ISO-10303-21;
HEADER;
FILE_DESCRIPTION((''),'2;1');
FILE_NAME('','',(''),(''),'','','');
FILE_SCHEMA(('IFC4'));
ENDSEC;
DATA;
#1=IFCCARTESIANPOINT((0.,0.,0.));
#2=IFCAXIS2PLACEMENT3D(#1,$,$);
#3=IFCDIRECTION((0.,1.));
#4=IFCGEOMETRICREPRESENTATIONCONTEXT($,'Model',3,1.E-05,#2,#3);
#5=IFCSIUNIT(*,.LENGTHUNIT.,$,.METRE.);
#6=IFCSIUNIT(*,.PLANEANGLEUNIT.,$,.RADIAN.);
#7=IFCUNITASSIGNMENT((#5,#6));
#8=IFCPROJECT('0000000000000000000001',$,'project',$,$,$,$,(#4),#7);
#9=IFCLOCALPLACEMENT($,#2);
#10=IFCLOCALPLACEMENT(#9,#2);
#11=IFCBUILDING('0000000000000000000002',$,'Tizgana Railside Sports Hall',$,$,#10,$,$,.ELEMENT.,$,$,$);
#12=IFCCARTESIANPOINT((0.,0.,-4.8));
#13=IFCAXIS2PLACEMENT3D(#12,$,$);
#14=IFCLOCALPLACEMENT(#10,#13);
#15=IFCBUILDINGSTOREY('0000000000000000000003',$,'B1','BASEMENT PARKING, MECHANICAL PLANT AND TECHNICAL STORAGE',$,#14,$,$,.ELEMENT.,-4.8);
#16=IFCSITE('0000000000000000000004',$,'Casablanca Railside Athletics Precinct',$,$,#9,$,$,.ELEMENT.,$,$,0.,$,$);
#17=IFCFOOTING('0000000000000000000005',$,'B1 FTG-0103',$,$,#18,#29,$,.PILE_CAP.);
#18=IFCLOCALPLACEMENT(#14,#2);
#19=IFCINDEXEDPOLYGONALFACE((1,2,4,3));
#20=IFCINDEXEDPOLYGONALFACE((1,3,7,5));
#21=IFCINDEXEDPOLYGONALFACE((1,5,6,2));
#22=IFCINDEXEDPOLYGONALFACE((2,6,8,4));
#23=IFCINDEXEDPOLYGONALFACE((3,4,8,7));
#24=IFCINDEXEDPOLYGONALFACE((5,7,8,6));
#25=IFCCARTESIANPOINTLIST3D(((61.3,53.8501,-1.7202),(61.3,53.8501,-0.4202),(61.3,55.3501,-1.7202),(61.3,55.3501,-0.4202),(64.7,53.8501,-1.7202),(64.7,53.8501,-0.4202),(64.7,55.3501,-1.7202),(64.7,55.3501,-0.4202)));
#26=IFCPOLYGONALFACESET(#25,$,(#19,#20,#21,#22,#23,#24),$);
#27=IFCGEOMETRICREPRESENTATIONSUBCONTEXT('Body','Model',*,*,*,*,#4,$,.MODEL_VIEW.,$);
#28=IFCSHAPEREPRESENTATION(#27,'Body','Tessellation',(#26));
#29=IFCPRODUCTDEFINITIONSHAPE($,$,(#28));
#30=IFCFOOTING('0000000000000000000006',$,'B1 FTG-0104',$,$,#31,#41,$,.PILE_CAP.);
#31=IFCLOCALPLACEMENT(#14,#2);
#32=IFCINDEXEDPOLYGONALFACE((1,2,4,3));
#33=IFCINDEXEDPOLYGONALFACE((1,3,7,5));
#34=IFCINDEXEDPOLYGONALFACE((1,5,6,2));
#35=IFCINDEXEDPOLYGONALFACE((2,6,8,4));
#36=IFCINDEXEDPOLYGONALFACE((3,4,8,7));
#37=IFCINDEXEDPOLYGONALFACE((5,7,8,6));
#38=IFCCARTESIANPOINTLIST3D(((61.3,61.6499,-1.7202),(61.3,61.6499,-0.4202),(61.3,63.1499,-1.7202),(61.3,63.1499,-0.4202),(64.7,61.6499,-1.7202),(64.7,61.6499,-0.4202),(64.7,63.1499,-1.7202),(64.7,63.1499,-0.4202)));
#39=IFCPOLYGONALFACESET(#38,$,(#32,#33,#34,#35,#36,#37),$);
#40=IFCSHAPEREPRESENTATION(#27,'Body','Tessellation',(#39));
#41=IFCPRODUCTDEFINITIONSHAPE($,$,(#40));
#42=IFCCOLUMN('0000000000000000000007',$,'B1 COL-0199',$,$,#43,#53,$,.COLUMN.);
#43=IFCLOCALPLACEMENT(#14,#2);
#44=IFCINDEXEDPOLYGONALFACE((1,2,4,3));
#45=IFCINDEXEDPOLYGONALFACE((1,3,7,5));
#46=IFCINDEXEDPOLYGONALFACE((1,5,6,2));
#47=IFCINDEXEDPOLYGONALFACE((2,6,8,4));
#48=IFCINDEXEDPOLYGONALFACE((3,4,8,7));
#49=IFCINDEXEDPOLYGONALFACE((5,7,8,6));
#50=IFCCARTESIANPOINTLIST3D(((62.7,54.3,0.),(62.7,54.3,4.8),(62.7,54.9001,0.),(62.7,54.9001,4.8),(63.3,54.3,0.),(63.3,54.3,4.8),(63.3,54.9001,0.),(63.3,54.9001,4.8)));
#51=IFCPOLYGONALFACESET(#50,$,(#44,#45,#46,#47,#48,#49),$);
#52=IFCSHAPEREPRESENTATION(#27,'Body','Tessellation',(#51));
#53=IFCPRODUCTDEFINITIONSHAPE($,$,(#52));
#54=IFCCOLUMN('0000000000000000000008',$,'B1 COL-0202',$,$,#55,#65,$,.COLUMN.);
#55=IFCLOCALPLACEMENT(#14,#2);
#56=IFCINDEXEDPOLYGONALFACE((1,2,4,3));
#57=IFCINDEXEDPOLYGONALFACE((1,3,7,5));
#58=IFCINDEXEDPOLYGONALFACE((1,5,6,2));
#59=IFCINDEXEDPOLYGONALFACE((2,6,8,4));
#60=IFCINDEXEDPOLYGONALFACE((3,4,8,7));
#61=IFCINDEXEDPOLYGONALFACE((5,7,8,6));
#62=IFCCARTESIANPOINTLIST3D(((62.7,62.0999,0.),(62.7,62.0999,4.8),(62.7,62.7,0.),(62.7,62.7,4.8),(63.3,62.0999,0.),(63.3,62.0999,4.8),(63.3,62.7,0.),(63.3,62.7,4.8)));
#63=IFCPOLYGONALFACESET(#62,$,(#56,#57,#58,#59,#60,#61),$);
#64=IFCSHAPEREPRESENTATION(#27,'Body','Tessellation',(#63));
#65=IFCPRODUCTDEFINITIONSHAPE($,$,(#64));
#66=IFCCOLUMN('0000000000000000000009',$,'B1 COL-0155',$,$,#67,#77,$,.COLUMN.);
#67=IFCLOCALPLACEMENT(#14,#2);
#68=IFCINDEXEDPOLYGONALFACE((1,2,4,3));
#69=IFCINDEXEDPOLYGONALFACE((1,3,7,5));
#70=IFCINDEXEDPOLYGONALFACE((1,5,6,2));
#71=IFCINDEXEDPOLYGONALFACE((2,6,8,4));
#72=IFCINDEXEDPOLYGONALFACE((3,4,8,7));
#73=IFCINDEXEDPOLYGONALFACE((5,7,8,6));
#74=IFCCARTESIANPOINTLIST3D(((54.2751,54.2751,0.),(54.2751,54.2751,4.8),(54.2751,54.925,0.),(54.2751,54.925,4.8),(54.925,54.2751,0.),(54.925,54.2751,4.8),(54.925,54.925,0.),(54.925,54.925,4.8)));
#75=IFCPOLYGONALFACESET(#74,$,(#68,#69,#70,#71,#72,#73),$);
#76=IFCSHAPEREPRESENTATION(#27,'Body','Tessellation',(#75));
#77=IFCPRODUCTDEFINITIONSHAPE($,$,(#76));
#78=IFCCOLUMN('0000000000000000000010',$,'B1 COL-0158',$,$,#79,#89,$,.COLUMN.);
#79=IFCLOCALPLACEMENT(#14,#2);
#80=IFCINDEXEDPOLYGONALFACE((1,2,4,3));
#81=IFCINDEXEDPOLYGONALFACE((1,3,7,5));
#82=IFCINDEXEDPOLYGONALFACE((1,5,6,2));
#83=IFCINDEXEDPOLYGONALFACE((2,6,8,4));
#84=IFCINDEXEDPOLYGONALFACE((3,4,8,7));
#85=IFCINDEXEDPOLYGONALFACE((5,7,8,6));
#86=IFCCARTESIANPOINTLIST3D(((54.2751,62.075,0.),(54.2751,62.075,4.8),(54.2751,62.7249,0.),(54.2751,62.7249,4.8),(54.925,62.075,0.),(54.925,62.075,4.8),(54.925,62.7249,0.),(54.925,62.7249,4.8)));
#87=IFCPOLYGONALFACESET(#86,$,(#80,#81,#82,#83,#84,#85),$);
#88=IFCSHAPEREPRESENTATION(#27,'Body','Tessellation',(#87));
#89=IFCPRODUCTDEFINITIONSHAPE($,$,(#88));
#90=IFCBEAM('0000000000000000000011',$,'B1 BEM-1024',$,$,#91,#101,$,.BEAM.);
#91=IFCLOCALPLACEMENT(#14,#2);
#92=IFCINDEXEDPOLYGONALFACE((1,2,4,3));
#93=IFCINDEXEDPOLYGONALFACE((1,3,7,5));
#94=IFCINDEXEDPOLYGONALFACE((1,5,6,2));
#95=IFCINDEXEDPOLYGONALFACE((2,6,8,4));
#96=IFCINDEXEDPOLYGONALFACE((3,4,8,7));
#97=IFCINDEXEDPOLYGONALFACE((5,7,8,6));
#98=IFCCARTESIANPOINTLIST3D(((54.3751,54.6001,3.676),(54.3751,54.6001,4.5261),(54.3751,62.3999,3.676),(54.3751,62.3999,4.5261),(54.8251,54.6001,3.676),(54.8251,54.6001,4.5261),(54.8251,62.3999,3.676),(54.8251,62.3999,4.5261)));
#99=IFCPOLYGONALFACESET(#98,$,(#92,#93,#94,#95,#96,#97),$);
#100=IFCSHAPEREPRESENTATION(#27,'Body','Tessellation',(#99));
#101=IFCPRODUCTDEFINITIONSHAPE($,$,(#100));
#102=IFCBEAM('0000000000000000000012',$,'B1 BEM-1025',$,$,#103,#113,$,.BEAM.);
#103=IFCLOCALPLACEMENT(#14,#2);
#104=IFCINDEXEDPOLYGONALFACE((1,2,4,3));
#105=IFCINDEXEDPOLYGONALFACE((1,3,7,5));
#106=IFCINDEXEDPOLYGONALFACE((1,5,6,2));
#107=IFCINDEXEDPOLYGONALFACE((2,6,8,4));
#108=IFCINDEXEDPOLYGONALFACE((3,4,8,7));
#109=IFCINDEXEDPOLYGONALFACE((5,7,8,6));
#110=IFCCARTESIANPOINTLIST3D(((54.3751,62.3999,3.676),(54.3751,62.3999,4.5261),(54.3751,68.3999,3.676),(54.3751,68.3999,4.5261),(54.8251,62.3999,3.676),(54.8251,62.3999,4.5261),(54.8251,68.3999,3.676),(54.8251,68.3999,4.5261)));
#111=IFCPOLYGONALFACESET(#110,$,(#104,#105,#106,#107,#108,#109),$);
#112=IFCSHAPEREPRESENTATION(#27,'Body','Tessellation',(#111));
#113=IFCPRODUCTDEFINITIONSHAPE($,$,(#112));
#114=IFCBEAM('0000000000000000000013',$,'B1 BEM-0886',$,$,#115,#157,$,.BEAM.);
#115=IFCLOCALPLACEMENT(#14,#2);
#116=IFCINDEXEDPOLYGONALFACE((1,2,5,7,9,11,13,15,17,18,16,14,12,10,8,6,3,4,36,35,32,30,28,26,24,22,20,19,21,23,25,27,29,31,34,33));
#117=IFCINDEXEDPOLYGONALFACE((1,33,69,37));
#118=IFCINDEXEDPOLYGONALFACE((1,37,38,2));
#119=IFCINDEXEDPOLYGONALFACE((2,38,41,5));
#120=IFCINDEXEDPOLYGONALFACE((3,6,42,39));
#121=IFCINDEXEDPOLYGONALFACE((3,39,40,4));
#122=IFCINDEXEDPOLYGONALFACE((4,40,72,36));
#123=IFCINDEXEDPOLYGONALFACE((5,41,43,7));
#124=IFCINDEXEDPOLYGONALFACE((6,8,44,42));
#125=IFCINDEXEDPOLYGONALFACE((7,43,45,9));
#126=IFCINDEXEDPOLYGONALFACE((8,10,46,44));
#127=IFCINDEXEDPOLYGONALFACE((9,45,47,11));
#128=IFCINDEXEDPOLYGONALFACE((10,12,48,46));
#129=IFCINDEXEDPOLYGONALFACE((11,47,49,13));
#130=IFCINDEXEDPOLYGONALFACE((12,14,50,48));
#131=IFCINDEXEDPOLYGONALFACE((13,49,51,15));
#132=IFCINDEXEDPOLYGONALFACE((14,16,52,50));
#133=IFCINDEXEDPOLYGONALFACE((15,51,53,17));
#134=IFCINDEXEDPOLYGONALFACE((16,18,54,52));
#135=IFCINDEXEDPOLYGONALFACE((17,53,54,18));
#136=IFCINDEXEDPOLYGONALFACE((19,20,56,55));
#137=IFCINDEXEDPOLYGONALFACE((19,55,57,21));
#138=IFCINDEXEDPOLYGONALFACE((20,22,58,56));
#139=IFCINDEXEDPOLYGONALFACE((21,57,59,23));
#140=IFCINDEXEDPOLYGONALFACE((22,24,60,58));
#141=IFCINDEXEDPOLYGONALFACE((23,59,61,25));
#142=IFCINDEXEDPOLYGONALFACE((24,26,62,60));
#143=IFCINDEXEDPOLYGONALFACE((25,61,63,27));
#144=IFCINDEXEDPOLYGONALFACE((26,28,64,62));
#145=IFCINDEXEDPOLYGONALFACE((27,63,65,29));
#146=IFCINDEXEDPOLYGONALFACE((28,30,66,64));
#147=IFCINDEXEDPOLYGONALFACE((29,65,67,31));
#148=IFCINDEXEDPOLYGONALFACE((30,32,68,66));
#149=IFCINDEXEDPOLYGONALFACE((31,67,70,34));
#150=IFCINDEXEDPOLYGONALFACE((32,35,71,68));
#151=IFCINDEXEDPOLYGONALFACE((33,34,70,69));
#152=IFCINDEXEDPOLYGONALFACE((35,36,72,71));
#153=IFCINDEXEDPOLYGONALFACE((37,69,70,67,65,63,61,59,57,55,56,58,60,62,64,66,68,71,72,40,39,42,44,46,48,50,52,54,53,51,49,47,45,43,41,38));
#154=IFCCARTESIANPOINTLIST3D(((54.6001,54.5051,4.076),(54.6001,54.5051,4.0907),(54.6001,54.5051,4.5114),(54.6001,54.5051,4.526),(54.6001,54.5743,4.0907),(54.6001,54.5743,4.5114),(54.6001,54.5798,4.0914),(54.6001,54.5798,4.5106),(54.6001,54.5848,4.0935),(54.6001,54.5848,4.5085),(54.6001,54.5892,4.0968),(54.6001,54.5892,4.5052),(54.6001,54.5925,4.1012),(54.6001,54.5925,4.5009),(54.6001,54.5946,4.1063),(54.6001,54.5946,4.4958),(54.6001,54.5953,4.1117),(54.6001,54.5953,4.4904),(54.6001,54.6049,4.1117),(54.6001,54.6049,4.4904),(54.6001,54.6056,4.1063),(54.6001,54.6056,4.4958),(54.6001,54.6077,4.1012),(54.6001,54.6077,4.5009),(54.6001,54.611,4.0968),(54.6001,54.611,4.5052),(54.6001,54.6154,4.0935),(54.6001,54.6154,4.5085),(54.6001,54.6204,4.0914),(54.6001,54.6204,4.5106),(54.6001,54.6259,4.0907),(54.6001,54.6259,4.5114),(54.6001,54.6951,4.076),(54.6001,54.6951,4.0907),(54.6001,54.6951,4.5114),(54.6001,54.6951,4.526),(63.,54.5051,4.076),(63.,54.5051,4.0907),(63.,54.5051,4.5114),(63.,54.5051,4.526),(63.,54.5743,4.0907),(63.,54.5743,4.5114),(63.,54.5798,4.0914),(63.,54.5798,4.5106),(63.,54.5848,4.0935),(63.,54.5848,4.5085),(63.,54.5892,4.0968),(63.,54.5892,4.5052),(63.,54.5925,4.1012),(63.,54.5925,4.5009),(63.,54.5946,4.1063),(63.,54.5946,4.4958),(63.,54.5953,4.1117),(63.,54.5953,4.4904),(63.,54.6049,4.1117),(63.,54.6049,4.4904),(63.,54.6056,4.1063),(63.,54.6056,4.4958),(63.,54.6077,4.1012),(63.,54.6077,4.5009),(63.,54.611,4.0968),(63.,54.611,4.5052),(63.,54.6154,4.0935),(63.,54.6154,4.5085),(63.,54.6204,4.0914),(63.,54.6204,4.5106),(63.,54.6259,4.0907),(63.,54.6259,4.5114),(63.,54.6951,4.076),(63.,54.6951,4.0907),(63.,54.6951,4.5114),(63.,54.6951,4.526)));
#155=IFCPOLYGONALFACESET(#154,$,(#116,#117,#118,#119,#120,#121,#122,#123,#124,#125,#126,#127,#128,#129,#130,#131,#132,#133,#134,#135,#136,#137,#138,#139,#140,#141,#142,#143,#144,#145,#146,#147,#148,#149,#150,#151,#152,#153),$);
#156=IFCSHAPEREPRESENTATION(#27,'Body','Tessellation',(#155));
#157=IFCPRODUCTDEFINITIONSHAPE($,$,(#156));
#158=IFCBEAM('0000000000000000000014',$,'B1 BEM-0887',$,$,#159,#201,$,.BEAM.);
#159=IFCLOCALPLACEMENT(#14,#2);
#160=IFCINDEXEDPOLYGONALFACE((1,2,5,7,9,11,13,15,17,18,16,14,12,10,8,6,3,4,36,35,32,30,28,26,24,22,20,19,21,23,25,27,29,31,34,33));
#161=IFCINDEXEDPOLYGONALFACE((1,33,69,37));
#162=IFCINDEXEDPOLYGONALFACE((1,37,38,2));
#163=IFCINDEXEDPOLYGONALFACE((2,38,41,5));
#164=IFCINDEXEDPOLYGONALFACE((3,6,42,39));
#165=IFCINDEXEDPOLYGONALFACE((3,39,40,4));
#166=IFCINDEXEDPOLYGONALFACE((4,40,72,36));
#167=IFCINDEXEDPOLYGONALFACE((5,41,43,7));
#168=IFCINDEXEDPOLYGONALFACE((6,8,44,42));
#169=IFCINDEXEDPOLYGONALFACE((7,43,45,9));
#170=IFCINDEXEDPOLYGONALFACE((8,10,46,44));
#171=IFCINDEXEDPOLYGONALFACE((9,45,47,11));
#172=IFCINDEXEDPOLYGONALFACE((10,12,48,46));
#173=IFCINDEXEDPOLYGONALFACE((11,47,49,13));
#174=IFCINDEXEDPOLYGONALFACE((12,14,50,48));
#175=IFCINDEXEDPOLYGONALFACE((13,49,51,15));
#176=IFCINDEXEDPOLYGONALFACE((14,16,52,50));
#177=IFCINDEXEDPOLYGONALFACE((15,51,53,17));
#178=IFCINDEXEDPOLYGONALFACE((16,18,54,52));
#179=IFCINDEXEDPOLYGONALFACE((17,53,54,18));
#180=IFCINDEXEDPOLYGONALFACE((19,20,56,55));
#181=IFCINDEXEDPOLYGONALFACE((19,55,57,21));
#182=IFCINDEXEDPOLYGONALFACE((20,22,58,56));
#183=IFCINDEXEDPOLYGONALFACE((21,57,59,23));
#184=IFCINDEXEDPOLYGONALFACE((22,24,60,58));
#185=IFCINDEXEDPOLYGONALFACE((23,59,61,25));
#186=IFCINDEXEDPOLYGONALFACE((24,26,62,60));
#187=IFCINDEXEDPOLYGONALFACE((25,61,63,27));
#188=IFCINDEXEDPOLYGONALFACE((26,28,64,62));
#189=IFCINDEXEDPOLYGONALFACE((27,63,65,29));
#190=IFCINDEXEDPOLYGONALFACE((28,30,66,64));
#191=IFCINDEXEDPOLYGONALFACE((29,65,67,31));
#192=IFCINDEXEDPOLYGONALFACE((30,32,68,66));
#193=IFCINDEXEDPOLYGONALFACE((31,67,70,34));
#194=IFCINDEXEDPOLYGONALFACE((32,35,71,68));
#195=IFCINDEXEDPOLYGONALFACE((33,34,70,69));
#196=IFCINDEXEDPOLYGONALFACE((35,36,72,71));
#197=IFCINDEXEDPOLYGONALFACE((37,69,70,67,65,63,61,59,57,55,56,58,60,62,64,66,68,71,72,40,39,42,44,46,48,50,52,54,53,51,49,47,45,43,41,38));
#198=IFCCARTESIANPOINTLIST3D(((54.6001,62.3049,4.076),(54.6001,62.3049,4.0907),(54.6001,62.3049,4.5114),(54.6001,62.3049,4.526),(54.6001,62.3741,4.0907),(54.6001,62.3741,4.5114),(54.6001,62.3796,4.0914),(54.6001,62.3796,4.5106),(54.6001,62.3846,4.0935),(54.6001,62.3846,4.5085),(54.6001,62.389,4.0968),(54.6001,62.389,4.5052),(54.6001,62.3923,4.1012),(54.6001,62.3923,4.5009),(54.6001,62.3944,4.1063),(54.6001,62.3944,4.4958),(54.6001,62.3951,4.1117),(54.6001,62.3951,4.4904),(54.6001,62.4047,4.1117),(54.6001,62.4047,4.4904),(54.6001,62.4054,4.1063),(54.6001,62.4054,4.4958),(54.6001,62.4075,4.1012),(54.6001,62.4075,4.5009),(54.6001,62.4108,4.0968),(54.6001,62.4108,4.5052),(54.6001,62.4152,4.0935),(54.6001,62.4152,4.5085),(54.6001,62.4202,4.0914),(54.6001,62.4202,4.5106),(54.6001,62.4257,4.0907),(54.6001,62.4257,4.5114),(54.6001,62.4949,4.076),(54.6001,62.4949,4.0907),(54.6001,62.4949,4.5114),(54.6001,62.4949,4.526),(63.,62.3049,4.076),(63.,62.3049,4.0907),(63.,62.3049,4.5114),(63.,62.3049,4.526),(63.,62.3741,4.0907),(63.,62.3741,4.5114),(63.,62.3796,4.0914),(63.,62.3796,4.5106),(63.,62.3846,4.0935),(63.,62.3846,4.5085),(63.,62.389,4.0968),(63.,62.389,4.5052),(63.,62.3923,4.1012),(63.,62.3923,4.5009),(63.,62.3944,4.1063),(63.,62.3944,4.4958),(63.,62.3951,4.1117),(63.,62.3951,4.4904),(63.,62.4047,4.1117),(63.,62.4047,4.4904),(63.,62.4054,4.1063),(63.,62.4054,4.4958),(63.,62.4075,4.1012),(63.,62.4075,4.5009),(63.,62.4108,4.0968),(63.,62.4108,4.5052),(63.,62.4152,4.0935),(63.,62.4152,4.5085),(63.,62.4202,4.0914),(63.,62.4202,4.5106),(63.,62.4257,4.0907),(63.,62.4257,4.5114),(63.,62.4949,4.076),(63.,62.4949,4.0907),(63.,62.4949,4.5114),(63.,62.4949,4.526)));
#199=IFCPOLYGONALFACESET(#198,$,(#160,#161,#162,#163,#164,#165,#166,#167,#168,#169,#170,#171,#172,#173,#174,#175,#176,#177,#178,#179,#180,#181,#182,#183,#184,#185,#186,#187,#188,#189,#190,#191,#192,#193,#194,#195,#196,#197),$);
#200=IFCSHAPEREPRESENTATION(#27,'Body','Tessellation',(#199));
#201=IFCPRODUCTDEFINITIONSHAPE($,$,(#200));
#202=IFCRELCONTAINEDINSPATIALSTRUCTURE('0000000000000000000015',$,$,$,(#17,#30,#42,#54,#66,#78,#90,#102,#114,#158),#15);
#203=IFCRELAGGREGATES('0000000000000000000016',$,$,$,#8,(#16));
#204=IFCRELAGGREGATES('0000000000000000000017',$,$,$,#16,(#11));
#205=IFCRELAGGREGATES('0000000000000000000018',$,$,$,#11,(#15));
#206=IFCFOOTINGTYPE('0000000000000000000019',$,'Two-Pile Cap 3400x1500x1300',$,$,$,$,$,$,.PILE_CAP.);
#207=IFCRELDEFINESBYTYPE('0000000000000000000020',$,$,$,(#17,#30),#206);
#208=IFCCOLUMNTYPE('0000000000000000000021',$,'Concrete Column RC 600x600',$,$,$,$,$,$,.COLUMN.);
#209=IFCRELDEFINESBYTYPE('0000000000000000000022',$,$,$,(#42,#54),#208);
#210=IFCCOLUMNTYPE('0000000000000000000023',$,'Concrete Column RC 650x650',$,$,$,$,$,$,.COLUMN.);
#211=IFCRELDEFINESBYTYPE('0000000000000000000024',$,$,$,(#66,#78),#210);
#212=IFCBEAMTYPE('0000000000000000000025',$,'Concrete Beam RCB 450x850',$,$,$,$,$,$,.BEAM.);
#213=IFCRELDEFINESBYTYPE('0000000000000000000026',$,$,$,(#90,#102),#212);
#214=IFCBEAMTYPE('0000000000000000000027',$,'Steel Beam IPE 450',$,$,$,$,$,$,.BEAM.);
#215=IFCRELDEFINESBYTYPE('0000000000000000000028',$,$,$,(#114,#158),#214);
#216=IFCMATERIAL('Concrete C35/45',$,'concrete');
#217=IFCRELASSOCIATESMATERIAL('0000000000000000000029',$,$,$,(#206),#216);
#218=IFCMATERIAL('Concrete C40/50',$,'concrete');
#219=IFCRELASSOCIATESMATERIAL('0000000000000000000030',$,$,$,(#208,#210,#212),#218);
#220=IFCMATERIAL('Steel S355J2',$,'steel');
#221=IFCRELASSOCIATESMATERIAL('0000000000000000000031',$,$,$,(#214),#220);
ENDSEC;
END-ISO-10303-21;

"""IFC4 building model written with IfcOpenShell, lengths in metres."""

from ifc_helpers import new_model, si_unit, direction, frame, origin, origin_2d, place, context, subcontext, project, spatial, rectangle, i_section, extrude, material, material_profile, profile_set, type_object, element, save


model = new_model("IFC4")

# Units and contexts
model_context = context("Model", 3, precision=1e-05, world=origin(), true_north=direction((0.0, 1.0)))
body_context = subcontext(model_context, "Body", "Model", "MODEL_VIEW")
ifc_project = project(units=[si_unit("LENGTHUNIT", "METRE"), si_unit("PLANEANGLEUNIT", "RADIAN")], contexts=[model_context])

# Site, building, storey
site_placement = place(None, origin())
site = spatial("IfcSite", under=ifc_project, at=site_placement, Name="Casablanca Railside Athletics Precinct", CompositionType="ELEMENT", RefElevation=0.0)
building_placement = place(site_placement, origin())
building = spatial("IfcBuilding", under=site, at=building_placement, Name="Tizgana Railside Sports Hall", CompositionType="ELEMENT")
storey_placement = place(building_placement, frame((0.0, 0.0, -4.8)))
storey = spatial("IfcBuildingStorey", under=building, at=storey_placement, Name="B1", Description="BASEMENT PARKING, MECHANICAL PLANT AND TECHNICAL STORAGE", CompositionType="ELEMENT", Elevation=-4.8)

# Shared definitions
ifc_material_1 = material(Name="Concrete C35/45", Category="concrete")

# Footings
footing_type_1 = type_object("IfcFootingType", Name="Two-Pile Cap 3400x1500x1300", PredefinedType="PILE_CAP", material=ifc_material_1)
for number, where, z_axis, x_axis, name in (
    (1, (63.0, 54.6001, -1.7202), (0.0, 0.0, 1.0), (1.0, 0.0, 0.0), "B1 FTG-0103"),
    (2, (63.0, 62.3999, -1.7202), (0.0, 0.0, 1.0), (1.0, 0.0, 0.0), "B1 FTG-0104"),
):
    element("IfcFooting", number, at=place(storey_placement, frame(where, z_axis=z_axis, x_axis=x_axis)), inside=storey, type_object=footing_type_1, Name=name, PredefinedType="PILE_CAP", context=body_context, shape_type="SweptSolid", body=[
        extrude(rectangle(XDim=3.3999, YDim=1.5, at=origin_2d()), origin(), (0.0, 0.0, 1.0), 1.3),
    ])

# Columns
ifc_material_2 = material(Name="Concrete C40/50", Category="concrete")
ifc_material_profile_1 = material_profile(ifc_material_2, rectangle(XDim=0.6001, YDim=0.6001, at=origin_2d()), Name="RC 600x600")
ifc_profile_set_1 = profile_set([ifc_material_profile_1], Name="Concrete C40/50")
column_type_1 = type_object("IfcColumnType", Name="Concrete Column RC 600x600", PredefinedType="COLUMN", material=ifc_profile_set_1)
for number, where, z_axis, x_axis, name in (
    (3, (63.0, 54.6001, 0.0), (0.0, 0.0, 1.0), (1.0, 0.0, 0.0), "B1 COL-0199"),
    (4, (63.0, 62.3999, 0.0), (0.0, 0.0, 1.0), (1.0, 0.0, 0.0), "B1 COL-0202"),
):
    element("IfcColumn", number, at=place(storey_placement, frame(where, z_axis=z_axis, x_axis=x_axis)), inside=storey, type_object=column_type_1, Name=name, PredefinedType="COLUMN", context=body_context, shape_type="SweptSolid", body=[
        extrude(rectangle(XDim=0.6001, YDim=0.6001, at=origin_2d()), origin(), (0.0, 0.0, 1.0), 4.8),
    ])
ifc_material_profile_2 = material_profile(ifc_material_2, rectangle(XDim=0.6499, YDim=0.6499, at=origin_2d()), Name="RC 650x650")
ifc_profile_set_2 = profile_set([ifc_material_profile_2], Name="Concrete C40/50")
column_type_2 = type_object("IfcColumnType", Name="Concrete Column RC 650x650", PredefinedType="COLUMN", material=ifc_profile_set_2)
for number, where, z_axis, x_axis, name in (
    (5, (54.6001, 54.6001, 0.0), (0.0, 0.0, 1.0), (1.0, 0.0, 0.0), "B1 COL-0155"),
    (6, (54.6001, 62.3999, 0.0), (0.0, 0.0, 1.0), (1.0, 0.0, 0.0), "B1 COL-0158"),
):
    element("IfcColumn", number, at=place(storey_placement, frame(where, z_axis=z_axis, x_axis=x_axis)), inside=storey, type_object=column_type_2, Name=name, PredefinedType="COLUMN", context=body_context, shape_type="SweptSolid", body=[
        extrude(rectangle(XDim=0.6499, YDim=0.6499, at=origin_2d()), origin(), (0.0, 0.0, 1.0), 4.8),
    ])

# Beams
ifc_material_profile_3 = material_profile(ifc_material_2, rectangle(XDim=0.45, YDim=0.8501, at=origin_2d()), Name="RCB 450x850")
ifc_profile_set_3 = profile_set([ifc_material_profile_3], Name="Concrete C40/50")
beam_type_1 = type_object("IfcBeamType", Name="Concrete Beam RCB 450x850", PredefinedType="BEAM", material=ifc_profile_set_3)
beam_1_placement = place(storey_placement, frame((54.6001, 54.6001, 4.1011), z_axis=(0.0, 1.0, 0.0), x_axis=(-1.0, 0.0, 0.0)))
element("IfcBeam", 7, at=beam_1_placement, inside=storey, type_object=beam_type_1, Name="B1 BEM-1024", PredefinedType="BEAM", context=body_context, shape_type="SweptSolid", body=[
    extrude(rectangle(XDim=0.45, YDim=0.8501, at=origin_2d()), origin(), (0.0, 0.0, 1.0), 7.7998),
])
beam_2_placement = place(storey_placement, frame((54.6001, 62.3999, 4.1011), z_axis=(0.0, 1.0, 0.0), x_axis=(-1.0, 0.0, 0.0)))
element("IfcBeam", 8, at=beam_2_placement, inside=storey, type_object=beam_type_1, Name="B1 BEM-1025", PredefinedType="BEAM", context=body_context, shape_type="SweptSolid", body=[
    extrude(rectangle(XDim=0.45, YDim=0.8501, at=origin_2d()), origin(), (0.0, 0.0, 1.0), 6.0),
])
ifc_material_3 = material(Name="Steel S355J2", Category="steel")
ifc_material_profile_4 = material_profile(ifc_material_3, i_section(OverallWidth=0.1899, OverallDepth=0.45, WebThickness=0.0095, FlangeThickness=0.0146, FilletRadius=0.021, at=origin_2d()), Name="IPE 450")
ifc_profile_set_4 = profile_set([ifc_material_profile_4], Name="Steel S355J2")
beam_type_2 = type_object("IfcBeamType", Name="Steel Beam IPE 450", PredefinedType="BEAM", material=ifc_profile_set_4)
for number, where, z_axis, x_axis, name in (
    (9, (54.6001, 54.6001, 4.301), (1.0, 0.0, 0.0), (0.0, 1.0, 0.0), "B1 BEM-0886"),
    (10, (54.6001, 62.3999, 4.301), (1.0, 0.0, 0.0), (0.0, 1.0, 0.0), "B1 BEM-0887"),
):
    element("IfcBeam", number, at=place(storey_placement, frame(where, z_axis=z_axis, x_axis=x_axis)), inside=storey, type_object=beam_type_2, Name=name, PredefinedType="BEAM", context=body_context, shape_type="SweptSolid", body=[
        extrude(i_section(OverallWidth=0.1899, OverallDepth=0.45, WebThickness=0.0095, FlangeThickness=0.0146, FilletRadius=0.021, at=origin_2d()), origin(), (0.0, 0.0, 1.0), 8.3999),
    ])

save(model, "model.ifc")
